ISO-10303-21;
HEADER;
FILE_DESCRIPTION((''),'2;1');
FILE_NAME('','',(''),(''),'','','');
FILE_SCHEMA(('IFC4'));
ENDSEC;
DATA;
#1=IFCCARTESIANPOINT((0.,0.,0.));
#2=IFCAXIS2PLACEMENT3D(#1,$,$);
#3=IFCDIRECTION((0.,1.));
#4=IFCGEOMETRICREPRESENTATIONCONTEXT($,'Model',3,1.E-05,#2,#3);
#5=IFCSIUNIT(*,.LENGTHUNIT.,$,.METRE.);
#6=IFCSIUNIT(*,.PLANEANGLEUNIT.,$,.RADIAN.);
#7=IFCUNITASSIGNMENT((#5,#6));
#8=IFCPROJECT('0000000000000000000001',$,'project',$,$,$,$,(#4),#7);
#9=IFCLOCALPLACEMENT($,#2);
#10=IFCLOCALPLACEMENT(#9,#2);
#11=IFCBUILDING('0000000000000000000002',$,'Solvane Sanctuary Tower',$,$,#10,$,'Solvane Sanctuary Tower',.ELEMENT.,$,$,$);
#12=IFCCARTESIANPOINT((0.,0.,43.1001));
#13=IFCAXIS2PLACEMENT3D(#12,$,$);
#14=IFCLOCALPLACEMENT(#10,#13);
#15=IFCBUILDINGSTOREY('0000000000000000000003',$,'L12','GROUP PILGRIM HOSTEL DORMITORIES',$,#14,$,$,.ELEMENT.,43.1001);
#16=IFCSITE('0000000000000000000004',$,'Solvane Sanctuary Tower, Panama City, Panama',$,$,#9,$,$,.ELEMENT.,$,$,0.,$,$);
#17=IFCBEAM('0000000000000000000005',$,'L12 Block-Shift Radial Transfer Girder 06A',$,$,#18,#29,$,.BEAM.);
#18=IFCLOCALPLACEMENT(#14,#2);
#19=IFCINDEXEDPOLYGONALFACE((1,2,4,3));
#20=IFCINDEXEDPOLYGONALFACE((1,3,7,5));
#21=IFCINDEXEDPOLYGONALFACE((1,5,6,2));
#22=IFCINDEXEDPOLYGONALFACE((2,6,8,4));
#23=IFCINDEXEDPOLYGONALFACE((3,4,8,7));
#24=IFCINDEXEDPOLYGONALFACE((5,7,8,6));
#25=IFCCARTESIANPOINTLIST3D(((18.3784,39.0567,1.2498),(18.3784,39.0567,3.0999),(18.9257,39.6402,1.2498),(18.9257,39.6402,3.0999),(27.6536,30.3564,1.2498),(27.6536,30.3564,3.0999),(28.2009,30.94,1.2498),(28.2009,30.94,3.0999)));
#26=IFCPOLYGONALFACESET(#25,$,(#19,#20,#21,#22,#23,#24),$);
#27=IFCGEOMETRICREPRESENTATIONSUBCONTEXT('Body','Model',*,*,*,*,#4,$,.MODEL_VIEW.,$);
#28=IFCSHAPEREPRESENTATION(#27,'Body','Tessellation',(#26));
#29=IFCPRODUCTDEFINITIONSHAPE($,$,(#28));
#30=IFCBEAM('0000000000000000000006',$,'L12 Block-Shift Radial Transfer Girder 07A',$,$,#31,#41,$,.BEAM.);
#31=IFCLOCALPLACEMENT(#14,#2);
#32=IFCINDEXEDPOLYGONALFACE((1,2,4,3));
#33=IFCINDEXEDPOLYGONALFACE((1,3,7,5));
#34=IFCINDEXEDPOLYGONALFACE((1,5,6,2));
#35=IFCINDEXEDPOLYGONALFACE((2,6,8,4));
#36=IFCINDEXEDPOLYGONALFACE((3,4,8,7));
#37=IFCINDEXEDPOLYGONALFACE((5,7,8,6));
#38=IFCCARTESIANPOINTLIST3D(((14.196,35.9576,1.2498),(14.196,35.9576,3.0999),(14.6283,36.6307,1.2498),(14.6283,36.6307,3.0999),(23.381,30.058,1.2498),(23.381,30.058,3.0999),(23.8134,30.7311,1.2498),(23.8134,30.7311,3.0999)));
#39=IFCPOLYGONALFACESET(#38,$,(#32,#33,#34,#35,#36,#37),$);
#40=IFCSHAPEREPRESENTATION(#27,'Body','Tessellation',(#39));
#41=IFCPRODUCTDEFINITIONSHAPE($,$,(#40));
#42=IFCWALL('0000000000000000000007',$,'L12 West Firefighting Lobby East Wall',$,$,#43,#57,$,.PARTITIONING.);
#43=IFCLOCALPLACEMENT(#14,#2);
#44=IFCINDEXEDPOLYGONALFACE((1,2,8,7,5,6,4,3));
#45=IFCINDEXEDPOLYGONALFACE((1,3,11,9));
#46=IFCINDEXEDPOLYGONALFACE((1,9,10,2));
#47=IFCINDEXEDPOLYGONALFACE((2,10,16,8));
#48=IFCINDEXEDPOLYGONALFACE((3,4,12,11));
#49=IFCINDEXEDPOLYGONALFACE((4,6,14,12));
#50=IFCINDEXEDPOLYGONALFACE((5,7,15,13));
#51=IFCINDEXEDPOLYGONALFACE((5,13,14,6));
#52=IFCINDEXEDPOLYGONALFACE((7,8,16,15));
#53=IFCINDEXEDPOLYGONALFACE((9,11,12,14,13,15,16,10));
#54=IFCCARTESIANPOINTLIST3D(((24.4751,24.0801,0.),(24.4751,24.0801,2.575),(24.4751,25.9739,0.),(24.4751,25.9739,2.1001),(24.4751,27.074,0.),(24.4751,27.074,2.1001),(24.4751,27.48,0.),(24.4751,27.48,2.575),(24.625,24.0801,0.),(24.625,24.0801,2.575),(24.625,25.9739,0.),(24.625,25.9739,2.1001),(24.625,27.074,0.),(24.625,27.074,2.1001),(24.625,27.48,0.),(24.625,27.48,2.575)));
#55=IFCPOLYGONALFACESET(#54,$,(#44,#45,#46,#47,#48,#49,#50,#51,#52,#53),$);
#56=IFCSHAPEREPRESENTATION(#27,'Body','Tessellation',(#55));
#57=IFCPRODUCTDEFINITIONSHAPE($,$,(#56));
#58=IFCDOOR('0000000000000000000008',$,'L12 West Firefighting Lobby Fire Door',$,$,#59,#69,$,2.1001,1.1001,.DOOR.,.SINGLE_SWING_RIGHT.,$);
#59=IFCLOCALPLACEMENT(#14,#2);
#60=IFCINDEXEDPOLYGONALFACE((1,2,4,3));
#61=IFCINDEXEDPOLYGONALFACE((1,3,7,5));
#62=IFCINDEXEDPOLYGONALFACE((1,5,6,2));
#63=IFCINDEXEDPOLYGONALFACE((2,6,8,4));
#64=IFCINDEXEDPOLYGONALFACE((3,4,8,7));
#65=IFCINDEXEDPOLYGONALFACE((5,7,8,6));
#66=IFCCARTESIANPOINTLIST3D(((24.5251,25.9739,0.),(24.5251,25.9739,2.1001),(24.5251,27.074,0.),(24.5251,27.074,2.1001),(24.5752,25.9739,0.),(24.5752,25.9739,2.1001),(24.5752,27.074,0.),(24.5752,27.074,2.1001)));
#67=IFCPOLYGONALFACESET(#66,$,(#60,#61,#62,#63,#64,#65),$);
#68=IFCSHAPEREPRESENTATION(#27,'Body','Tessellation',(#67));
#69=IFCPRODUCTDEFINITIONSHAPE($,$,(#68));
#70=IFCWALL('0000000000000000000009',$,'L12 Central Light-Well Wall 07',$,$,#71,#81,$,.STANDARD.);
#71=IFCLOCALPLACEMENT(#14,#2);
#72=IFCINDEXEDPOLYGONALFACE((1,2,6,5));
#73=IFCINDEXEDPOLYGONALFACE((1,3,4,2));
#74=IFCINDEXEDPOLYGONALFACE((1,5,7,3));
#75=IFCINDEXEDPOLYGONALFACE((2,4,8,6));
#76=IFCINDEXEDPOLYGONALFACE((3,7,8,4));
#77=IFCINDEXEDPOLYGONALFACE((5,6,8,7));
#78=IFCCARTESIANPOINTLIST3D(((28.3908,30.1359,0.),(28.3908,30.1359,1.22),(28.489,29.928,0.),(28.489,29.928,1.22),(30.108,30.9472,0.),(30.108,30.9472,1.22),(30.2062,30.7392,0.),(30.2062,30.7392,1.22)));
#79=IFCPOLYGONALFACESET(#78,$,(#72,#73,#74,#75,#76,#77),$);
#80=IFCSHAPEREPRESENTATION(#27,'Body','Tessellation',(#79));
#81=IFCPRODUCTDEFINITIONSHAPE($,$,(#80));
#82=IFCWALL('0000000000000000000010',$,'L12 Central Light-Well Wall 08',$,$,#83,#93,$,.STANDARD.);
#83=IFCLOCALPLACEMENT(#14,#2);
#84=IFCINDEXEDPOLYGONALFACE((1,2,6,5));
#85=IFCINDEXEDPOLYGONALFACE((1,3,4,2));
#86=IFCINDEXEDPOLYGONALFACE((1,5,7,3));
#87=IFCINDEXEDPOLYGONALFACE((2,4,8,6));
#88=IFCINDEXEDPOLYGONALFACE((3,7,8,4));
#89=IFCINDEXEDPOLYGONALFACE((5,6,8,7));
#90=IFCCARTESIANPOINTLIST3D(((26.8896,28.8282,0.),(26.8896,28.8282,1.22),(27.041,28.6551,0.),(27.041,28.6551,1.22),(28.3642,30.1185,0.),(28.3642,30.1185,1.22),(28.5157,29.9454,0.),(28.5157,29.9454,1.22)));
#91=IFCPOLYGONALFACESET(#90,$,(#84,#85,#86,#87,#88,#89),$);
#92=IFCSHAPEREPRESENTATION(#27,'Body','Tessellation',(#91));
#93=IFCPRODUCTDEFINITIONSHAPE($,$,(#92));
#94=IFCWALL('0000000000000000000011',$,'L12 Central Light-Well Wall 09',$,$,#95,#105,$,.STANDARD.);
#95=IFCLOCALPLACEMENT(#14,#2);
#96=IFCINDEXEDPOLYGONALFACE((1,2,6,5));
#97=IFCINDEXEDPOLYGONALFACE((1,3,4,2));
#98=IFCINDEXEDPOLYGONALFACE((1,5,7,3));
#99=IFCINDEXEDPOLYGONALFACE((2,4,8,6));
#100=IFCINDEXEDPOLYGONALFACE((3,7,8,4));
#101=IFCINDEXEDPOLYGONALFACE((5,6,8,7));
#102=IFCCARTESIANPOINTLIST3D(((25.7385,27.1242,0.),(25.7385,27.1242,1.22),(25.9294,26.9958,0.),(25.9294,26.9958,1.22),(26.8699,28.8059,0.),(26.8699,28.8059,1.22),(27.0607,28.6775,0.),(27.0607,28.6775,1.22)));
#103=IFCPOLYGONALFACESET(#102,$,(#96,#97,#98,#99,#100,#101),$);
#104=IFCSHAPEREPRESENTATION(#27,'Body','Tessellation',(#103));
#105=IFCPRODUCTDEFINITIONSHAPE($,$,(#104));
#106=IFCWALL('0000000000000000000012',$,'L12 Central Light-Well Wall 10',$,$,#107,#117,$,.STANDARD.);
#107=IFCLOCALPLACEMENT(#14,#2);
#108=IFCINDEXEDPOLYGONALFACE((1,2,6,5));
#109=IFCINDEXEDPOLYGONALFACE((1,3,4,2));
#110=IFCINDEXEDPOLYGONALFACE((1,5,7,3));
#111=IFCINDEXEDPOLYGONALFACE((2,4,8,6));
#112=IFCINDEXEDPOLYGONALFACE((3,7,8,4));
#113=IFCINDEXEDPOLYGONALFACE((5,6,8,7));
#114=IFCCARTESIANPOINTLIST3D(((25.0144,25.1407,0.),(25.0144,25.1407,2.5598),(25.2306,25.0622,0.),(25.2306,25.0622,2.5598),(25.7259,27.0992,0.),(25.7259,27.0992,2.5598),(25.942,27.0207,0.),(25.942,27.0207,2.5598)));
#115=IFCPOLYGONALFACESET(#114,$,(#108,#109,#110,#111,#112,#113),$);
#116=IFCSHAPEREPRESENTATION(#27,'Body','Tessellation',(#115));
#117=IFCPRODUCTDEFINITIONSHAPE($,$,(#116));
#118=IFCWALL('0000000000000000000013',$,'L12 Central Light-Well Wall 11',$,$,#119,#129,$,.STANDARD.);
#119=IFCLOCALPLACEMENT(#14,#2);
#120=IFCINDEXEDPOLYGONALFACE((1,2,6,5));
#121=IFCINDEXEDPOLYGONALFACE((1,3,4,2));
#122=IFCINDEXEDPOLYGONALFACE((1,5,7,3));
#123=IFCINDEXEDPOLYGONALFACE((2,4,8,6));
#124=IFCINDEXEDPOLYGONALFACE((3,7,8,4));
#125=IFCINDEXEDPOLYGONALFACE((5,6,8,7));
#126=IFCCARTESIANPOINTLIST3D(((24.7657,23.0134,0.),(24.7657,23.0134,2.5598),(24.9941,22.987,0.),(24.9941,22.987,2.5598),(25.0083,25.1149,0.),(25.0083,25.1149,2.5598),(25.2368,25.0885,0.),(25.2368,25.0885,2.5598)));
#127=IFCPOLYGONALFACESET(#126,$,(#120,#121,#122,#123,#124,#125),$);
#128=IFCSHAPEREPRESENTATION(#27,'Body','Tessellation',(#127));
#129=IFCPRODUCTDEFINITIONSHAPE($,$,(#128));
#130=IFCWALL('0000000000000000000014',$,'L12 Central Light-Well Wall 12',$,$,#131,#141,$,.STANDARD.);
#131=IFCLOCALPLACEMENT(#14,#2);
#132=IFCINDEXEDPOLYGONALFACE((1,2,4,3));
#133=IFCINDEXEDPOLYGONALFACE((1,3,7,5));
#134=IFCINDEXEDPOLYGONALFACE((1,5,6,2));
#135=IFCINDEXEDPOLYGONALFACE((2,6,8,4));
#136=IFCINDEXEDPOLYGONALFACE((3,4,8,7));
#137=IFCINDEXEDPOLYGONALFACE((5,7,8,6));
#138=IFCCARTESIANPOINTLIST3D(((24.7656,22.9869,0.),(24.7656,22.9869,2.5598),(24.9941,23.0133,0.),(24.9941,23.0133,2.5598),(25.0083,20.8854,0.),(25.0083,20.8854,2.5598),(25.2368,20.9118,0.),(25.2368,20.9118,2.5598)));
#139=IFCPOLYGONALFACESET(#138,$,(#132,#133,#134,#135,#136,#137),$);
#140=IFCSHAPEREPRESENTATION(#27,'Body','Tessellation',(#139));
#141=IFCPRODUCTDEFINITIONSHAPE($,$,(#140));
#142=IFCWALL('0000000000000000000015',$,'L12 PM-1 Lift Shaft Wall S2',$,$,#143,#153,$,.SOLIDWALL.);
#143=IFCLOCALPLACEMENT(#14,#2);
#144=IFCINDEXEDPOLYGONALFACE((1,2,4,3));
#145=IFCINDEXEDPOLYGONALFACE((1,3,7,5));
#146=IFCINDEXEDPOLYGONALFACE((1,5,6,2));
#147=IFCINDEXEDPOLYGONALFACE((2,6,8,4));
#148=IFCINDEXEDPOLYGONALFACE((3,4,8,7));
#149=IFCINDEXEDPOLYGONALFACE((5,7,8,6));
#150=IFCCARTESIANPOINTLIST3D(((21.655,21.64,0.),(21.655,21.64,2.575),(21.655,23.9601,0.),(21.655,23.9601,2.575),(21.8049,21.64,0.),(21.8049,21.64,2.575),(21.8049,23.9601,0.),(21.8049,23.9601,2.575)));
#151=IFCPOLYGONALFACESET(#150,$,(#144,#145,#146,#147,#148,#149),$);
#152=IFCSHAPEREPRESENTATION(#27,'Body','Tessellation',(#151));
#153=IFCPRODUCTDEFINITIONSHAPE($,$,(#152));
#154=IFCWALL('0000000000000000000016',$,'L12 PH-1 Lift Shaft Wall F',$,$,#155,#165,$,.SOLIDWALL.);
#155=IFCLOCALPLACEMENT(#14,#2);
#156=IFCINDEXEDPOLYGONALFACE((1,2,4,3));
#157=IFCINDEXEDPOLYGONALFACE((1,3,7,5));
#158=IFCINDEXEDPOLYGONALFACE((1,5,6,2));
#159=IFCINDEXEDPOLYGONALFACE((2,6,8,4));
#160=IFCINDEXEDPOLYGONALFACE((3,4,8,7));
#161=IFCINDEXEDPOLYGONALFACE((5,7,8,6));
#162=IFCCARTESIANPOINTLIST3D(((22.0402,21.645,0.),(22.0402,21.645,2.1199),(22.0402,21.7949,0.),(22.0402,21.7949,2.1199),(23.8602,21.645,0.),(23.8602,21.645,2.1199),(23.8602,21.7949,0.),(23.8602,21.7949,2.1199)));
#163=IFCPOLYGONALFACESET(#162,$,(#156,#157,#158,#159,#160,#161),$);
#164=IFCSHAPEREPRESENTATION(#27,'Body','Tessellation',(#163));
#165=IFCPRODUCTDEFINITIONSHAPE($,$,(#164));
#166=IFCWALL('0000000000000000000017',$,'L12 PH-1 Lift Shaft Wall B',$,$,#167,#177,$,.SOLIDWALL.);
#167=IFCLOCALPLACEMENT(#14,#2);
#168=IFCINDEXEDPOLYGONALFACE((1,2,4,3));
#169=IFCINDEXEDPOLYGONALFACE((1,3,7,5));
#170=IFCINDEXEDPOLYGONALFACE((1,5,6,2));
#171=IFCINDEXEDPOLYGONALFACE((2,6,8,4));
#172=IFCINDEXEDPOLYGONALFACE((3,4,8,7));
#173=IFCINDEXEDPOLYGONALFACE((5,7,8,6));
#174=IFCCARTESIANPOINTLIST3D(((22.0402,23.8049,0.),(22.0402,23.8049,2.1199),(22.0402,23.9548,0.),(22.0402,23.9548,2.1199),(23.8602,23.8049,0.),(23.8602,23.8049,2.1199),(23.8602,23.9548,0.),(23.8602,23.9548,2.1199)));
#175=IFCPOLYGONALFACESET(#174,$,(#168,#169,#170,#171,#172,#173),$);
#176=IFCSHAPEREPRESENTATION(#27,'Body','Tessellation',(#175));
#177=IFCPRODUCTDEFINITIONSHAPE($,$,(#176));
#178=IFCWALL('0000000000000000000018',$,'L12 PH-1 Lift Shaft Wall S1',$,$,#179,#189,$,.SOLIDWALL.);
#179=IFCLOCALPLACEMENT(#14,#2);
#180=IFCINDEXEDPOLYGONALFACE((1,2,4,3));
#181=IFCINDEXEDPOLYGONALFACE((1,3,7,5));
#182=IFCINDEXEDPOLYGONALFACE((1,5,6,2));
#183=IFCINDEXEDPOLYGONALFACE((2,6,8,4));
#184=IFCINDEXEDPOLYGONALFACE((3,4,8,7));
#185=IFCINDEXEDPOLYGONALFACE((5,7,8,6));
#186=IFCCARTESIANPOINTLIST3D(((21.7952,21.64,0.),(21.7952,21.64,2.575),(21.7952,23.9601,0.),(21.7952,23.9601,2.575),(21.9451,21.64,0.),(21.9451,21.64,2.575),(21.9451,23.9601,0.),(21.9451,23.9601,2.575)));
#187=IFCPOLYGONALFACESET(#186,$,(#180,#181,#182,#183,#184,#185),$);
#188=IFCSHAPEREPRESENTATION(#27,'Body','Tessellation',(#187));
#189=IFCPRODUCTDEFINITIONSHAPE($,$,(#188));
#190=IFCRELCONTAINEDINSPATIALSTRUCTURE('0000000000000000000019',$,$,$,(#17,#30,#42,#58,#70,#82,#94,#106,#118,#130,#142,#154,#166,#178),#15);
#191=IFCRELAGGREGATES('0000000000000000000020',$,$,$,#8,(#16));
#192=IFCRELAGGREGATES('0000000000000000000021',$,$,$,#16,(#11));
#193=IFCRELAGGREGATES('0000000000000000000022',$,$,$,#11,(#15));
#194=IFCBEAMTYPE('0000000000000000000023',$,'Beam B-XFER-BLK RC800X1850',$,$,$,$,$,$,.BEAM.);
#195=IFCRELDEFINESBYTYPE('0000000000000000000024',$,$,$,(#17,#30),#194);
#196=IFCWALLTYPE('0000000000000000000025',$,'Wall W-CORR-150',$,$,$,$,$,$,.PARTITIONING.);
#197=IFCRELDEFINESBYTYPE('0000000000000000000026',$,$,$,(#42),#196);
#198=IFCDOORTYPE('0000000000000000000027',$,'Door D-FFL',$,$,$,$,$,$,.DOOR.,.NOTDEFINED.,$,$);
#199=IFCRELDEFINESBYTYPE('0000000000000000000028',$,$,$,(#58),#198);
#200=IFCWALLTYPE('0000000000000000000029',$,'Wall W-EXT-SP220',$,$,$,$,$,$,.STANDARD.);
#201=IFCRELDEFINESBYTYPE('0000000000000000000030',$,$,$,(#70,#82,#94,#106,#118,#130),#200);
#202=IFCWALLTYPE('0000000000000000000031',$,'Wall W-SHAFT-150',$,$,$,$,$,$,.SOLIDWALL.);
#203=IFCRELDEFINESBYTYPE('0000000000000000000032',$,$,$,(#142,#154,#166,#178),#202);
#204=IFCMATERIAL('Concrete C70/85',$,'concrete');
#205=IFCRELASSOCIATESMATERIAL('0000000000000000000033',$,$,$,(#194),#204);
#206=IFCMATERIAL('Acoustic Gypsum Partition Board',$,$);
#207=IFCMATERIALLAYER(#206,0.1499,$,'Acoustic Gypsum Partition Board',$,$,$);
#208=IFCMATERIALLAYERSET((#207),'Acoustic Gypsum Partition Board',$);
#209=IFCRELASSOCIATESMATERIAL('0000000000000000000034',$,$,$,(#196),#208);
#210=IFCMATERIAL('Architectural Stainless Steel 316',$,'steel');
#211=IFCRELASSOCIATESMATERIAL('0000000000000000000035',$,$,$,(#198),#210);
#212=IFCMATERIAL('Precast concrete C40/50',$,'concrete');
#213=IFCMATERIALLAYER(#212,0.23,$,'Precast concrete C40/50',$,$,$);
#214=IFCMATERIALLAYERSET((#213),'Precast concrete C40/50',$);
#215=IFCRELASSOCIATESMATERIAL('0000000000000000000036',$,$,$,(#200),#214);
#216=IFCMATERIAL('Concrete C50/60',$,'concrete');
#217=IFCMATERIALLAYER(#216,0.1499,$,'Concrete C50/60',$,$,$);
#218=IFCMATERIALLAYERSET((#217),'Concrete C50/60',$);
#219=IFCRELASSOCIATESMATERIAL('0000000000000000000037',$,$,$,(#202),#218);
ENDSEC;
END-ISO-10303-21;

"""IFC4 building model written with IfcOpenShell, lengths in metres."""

from ifc_helpers import new_model, si_unit, direction, frame, frame_2d, origin, origin_2d, place, context, subcontext, project, spatial, rectangle, extrude, material, layer, layer_set, material_profile, profile_set, type_object, element, fill, save


model = new_model("IFC4")

# Units and contexts
model_context = context("Model", 3, precision=1e-05, world=origin(), true_north=direction((0.0, 1.0)))
body_context = subcontext(model_context, "Body", "Model", "MODEL_VIEW")
ifc_project = project(units=[si_unit("LENGTHUNIT", "METRE"), si_unit("PLANEANGLEUNIT", "RADIAN")], contexts=[model_context])

# Site, building, storey
site_placement = place(None, origin())
site = spatial("IfcSite", under=ifc_project, at=site_placement, Name="Solvane Sanctuary Tower, Panama City, Panama", CompositionType="ELEMENT", RefElevation=0.0)
building_placement = place(site_placement, origin())
building = spatial("IfcBuilding", under=site, at=building_placement, Name="Solvane Sanctuary Tower", LongName="Solvane Sanctuary Tower", CompositionType="ELEMENT")
storey_placement = place(building_placement, frame((0.0, 0.0, 43.1001)))
storey = spatial("IfcBuildingStorey", under=building, at=storey_placement, Name="L12", Description="GROUP PILGRIM HOSTEL DORMITORIES", CompositionType="ELEMENT", Elevation=43.1001)

# Shared definitions
ifc_material_1 = material(Name="Concrete C70/85", Category="concrete")

# Beams
ifc_material_profile_1 = material_profile(ifc_material_1, rectangle(XDim=0.8, YDim=1.8501, at=origin_2d()), Name="RC800X1850")
ifc_profile_set_1 = profile_set([ifc_material_profile_1], Name="Concrete C70/85")
beam_type_1 = type_object("IfcBeamType", Name="Beam B-XFER-BLK RC800X1850", PredefinedType="BEAM", material=ifc_profile_set_1)
beam_1_placement = place(storey_placement, frame((27.9272, 30.6482, 2.1748), z_axis=(-0.729351, 0.68414, 0.0), x_axis=(-0.68414, -0.729351, 0.0)))
element("IfcBeam", 1, at=beam_1_placement, inside=storey, type_object=beam_type_1, Name="L12 Block-Shift Radial Transfer Girder 06A", PredefinedType="BEAM", context=body_context, shape_type="SweptSolid", body=[
    extrude(rectangle(XDim=0.8, YDim=1.8501, at=origin_2d()), origin(), (0.0, 0.0, 1.0), 12.717),
])
beam_2_placement = place(storey_placement, frame((23.5972, 30.3945, 2.1748), z_axis=(-0.841388, 0.540432, 0.0), x_axis=(-0.540432, -0.841388, 0.0)))
element("IfcBeam", 2, at=beam_2_placement, inside=storey, type_object=beam_type_1, Name="L12 Block-Shift Radial Transfer Girder 07A", PredefinedType="BEAM", context=body_context, shape_type="SweptSolid", body=[
    extrude(rectangle(XDim=0.8, YDim=1.8501, at=origin_2d()), origin(), (0.0, 0.0, 1.0), 10.9165),
])

# Wall, opening, door
ifc_material_2 = material(Name="Acoustic Gypsum Partition Board")
ifc_layer_1 = layer(ifc_material_2, 0.1499, Name="Acoustic Gypsum Partition Board")
ifc_layer_set_1 = layer_set([ifc_layer_1], Name="Acoustic Gypsum Partition Board")
wall_type_1 = type_object("IfcWallType", Name="Wall W-CORR-150", PredefinedType="PARTITIONING", material=ifc_layer_set_1)
wall_1_placement = place(storey_placement, frame((24.55, 24.0801, 0.0), z_axis=(0.0, 0.0, 1.0), x_axis=(0.0, 1.0, 0.0)))
wall_1 = element("IfcWall", 3, at=wall_1_placement, inside=storey, type_object=wall_type_1, Name="L12 West Firefighting Lobby East Wall", PredefinedType="PARTITIONING", context=body_context, shape_type="SweptSolid", body=[
    extrude(rectangle(XDim=3.3999, YDim=0.1499, at=frame_2d((1.7, 0.0))), origin(), (0.0, 0.0, 1.0), 2.575),
])
opening_1_placement = place(wall_1_placement, frame((1.8938, 0.0, 0.0)))
opening_1 = element("IfcOpeningElement", 4, at=opening_1_placement, cuts=wall_1, PredefinedType="OPENING", context=body_context, shape_type="SweptSolid", body=[
    extrude(rectangle(XDim=1.1001, YDim=2.1001, at=frame_2d((0.55, 1.05))), frame((0.0, 0.085, 0.0), z_axis=(0.0, -1.0, 0.0), x_axis=(1.0, 0.0, 0.0)), (0.0, 0.0, 1.0), 0.1699),
])
ifc_material_3 = material(Name="Architectural Stainless Steel 316", Category="steel")
door_type_1 = type_object("IfcDoorType", Name="Door D-FFL", OperationType="NOTDEFINED", PredefinedType="DOOR", material=ifc_material_3)
door_1_placement = place(opening_1_placement, origin())
door_1 = element("IfcDoor", 5, at=door_1_placement, inside=storey, type_object=door_type_1, Name="L12 West Firefighting Lobby Fire Door", OperationType="SINGLE_SWING_RIGHT", OverallHeight=2.1001, OverallWidth=1.1001, PredefinedType="DOOR", context=body_context, shape_type="SweptSolid", body=[
    extrude(rectangle(XDim=1.1001, YDim=2.1001, at=frame_2d((0.55, 1.05))), frame((0.0, 0.0249, 0.0), z_axis=(0.0, -1.0, 0.0), x_axis=(1.0, 0.0, 0.0)), (0.0, 0.0, 1.0), 0.05),
])
fill(opening_1, door_1)

# Walls
ifc_material_4 = material(Name="Precast concrete C40/50", Category="concrete")
ifc_layer_2 = layer(ifc_material_4, 0.23, Name="Precast concrete C40/50")
ifc_layer_set_2 = layer_set([ifc_layer_2], Name="Precast concrete C40/50")
wall_type_2 = type_object("IfcWallType", Name="Wall W-EXT-SP220", PredefinedType="STANDARD", material=ifc_layer_set_2)
wall_2_placement = place(storey_placement, frame((30.1572, 30.8433, 0.0), z_axis=(0.0, 0.0, 1.0), x_axis=(-0.90418, -0.427152, 0.0)))
element("IfcWall", 6, at=wall_2_placement, inside=storey, type_object=wall_type_2, Name="L12 Central Light-Well Wall 07", PredefinedType="STANDARD", context=body_context, shape_type="SweptSolid", body=[
    extrude(rectangle(XDim=1.8992, YDim=0.23, at=frame_2d((0.9497, 0.0))), origin(), (0.0, 0.0, 1.0), 1.22),
])
wall_3_placement = place(storey_placement, frame((28.4399, 30.032, 0.0), z_axis=(0.0, 0.0, 1.0), x_axis=(-0.752577, -0.658505, 0.0)))
element("IfcWall", 7, at=wall_3_placement, inside=storey, type_object=wall_type_2, Name="L12 Central Light-Well Wall 08", PredefinedType="STANDARD", context=body_context, shape_type="SweptSolid", body=[
    extrude(rectangle(XDim=1.9595, YDim=0.23, at=frame_2d((0.9797, 0.0))), origin(), (0.0, 0.0, 1.0), 1.22),
])
wall_4_placement = place(storey_placement, frame((26.9653, 28.7417, 0.0), z_axis=(0.0, 0.0, 1.0), x_axis=(-0.558198, -0.829708, 0.0)))
element("IfcWall", 8, at=wall_4_placement, inside=storey, type_object=wall_type_2, Name="L12 Central Light-Well Wall 09", PredefinedType="STANDARD", context=body_context, shape_type="SweptSolid", body=[
    extrude(rectangle(XDim=2.0269, YDim=0.23, at=frame_2d((1.0134, 0.0))), origin(), (0.0, 0.0, 1.0), 1.22),
])
wall_5_placement = place(storey_placement, frame((25.834, 27.0601, 0.0), z_axis=(0.0, 0.0, 1.0), x_axis=(-0.341423, -0.93991, 0.0)))
element("IfcWall", 9, at=wall_5_placement, inside=storey, type_object=wall_type_2, Name="L12 Central Light-Well Wall 10", PredefinedType="STANDARD", context=body_context, shape_type="SweptSolid", body=[
    extrude(rectangle(XDim=2.0837, YDim=0.23, at=frame_2d((1.042, 0.0))), origin(), (0.0, 0.0, 1.0), 2.5598),
])
for number, where, z_axis, x_axis, name in (
    (10, (25.1226, 25.1016, 0.0), (0.0, 0.0, 1.0), (-0.114712, -0.993399, 0.0), "L12 Central Light-Well Wall 11"),
    (11, (24.8799, 23.0, 0.0), (0.0, 0.0, 1.0), (0.114712, -0.993399, 0.0), "L12 Central Light-Well Wall 12"),
):
    element("IfcWall", number, at=place(storey_placement, frame(where, z_axis=z_axis, x_axis=x_axis)), inside=storey, type_object=wall_type_2, Name=name, PredefinedType="STANDARD", context=body_context, shape_type="SweptSolid", body=[
        extrude(rectangle(XDim=2.1155, YDim=0.23, at=frame_2d((1.0576, 0.0))), origin(), (0.0, 0.0, 1.0), 2.5598),
    ])
ifc_material_5 = material(Name="Concrete C50/60", Category="concrete")
ifc_layer_3 = layer(ifc_material_5, 0.1499, Name="Concrete C50/60")
ifc_layer_set_3 = layer_set([ifc_layer_3], Name="Concrete C50/60")
wall_type_3 = type_object("IfcWallType", Name="Wall W-SHAFT-150", PredefinedType="SOLIDWALL", material=ifc_layer_set_3)
wall_6_placement = place(storey_placement, frame((21.73, 21.6399, 0.0), z_axis=(0.0, 0.0, 1.0), x_axis=(0.0, 1.0, 0.0)))
element("IfcWall", 12, at=wall_6_placement, inside=storey, type_object=wall_type_3, Name="L12 PM-1 Lift Shaft Wall S2", PredefinedType="SOLIDWALL", context=body_context, shape_type="SweptSolid", body=[
    extrude(rectangle(XDim=2.3201, YDim=0.1499, at=frame_2d((1.1602, 0.0))), origin(), (0.0, 0.0, 1.0), 2.575),
])
for number, where, z_axis, x_axis, name in (
    (13, (22.04, 21.72, 0.0), (0.0, 0.0, 1.0), (1.0, 0.0, 0.0), "L12 PH-1 Lift Shaft Wall F"),
    (14, (22.04, 23.8799, 0.0), (0.0, 0.0, 1.0), (1.0, 0.0, 0.0), "L12 PH-1 Lift Shaft Wall B"),
):
    element("IfcWall", number, at=place(storey_placement, frame(where, z_axis=z_axis, x_axis=x_axis)), inside=storey, type_object=wall_type_3, Name=name, PredefinedType="SOLIDWALL", context=body_context, shape_type="SweptSolid", body=[
        extrude(rectangle(XDim=1.8201, YDim=0.1499, at=frame_2d((0.9102, 0.0))), origin(), (0.0, 0.0, 1.0), 2.1199),
    ])
wall_7_placement = place(storey_placement, frame((21.8701, 21.6399, 0.0), z_axis=(0.0, 0.0, 1.0), x_axis=(0.0, 1.0, 0.0)))
element("IfcWall", 15, at=wall_7_placement, inside=storey, type_object=wall_type_3, Name="L12 PH-1 Lift Shaft Wall S1", PredefinedType="SOLIDWALL", context=body_context, shape_type="SweptSolid", body=[
    extrude(rectangle(XDim=2.3201, YDim=0.1499, at=frame_2d((1.1602, 0.0))), origin(), (0.0, 0.0, 1.0), 2.575),
])

save(model, "model.ifc")
